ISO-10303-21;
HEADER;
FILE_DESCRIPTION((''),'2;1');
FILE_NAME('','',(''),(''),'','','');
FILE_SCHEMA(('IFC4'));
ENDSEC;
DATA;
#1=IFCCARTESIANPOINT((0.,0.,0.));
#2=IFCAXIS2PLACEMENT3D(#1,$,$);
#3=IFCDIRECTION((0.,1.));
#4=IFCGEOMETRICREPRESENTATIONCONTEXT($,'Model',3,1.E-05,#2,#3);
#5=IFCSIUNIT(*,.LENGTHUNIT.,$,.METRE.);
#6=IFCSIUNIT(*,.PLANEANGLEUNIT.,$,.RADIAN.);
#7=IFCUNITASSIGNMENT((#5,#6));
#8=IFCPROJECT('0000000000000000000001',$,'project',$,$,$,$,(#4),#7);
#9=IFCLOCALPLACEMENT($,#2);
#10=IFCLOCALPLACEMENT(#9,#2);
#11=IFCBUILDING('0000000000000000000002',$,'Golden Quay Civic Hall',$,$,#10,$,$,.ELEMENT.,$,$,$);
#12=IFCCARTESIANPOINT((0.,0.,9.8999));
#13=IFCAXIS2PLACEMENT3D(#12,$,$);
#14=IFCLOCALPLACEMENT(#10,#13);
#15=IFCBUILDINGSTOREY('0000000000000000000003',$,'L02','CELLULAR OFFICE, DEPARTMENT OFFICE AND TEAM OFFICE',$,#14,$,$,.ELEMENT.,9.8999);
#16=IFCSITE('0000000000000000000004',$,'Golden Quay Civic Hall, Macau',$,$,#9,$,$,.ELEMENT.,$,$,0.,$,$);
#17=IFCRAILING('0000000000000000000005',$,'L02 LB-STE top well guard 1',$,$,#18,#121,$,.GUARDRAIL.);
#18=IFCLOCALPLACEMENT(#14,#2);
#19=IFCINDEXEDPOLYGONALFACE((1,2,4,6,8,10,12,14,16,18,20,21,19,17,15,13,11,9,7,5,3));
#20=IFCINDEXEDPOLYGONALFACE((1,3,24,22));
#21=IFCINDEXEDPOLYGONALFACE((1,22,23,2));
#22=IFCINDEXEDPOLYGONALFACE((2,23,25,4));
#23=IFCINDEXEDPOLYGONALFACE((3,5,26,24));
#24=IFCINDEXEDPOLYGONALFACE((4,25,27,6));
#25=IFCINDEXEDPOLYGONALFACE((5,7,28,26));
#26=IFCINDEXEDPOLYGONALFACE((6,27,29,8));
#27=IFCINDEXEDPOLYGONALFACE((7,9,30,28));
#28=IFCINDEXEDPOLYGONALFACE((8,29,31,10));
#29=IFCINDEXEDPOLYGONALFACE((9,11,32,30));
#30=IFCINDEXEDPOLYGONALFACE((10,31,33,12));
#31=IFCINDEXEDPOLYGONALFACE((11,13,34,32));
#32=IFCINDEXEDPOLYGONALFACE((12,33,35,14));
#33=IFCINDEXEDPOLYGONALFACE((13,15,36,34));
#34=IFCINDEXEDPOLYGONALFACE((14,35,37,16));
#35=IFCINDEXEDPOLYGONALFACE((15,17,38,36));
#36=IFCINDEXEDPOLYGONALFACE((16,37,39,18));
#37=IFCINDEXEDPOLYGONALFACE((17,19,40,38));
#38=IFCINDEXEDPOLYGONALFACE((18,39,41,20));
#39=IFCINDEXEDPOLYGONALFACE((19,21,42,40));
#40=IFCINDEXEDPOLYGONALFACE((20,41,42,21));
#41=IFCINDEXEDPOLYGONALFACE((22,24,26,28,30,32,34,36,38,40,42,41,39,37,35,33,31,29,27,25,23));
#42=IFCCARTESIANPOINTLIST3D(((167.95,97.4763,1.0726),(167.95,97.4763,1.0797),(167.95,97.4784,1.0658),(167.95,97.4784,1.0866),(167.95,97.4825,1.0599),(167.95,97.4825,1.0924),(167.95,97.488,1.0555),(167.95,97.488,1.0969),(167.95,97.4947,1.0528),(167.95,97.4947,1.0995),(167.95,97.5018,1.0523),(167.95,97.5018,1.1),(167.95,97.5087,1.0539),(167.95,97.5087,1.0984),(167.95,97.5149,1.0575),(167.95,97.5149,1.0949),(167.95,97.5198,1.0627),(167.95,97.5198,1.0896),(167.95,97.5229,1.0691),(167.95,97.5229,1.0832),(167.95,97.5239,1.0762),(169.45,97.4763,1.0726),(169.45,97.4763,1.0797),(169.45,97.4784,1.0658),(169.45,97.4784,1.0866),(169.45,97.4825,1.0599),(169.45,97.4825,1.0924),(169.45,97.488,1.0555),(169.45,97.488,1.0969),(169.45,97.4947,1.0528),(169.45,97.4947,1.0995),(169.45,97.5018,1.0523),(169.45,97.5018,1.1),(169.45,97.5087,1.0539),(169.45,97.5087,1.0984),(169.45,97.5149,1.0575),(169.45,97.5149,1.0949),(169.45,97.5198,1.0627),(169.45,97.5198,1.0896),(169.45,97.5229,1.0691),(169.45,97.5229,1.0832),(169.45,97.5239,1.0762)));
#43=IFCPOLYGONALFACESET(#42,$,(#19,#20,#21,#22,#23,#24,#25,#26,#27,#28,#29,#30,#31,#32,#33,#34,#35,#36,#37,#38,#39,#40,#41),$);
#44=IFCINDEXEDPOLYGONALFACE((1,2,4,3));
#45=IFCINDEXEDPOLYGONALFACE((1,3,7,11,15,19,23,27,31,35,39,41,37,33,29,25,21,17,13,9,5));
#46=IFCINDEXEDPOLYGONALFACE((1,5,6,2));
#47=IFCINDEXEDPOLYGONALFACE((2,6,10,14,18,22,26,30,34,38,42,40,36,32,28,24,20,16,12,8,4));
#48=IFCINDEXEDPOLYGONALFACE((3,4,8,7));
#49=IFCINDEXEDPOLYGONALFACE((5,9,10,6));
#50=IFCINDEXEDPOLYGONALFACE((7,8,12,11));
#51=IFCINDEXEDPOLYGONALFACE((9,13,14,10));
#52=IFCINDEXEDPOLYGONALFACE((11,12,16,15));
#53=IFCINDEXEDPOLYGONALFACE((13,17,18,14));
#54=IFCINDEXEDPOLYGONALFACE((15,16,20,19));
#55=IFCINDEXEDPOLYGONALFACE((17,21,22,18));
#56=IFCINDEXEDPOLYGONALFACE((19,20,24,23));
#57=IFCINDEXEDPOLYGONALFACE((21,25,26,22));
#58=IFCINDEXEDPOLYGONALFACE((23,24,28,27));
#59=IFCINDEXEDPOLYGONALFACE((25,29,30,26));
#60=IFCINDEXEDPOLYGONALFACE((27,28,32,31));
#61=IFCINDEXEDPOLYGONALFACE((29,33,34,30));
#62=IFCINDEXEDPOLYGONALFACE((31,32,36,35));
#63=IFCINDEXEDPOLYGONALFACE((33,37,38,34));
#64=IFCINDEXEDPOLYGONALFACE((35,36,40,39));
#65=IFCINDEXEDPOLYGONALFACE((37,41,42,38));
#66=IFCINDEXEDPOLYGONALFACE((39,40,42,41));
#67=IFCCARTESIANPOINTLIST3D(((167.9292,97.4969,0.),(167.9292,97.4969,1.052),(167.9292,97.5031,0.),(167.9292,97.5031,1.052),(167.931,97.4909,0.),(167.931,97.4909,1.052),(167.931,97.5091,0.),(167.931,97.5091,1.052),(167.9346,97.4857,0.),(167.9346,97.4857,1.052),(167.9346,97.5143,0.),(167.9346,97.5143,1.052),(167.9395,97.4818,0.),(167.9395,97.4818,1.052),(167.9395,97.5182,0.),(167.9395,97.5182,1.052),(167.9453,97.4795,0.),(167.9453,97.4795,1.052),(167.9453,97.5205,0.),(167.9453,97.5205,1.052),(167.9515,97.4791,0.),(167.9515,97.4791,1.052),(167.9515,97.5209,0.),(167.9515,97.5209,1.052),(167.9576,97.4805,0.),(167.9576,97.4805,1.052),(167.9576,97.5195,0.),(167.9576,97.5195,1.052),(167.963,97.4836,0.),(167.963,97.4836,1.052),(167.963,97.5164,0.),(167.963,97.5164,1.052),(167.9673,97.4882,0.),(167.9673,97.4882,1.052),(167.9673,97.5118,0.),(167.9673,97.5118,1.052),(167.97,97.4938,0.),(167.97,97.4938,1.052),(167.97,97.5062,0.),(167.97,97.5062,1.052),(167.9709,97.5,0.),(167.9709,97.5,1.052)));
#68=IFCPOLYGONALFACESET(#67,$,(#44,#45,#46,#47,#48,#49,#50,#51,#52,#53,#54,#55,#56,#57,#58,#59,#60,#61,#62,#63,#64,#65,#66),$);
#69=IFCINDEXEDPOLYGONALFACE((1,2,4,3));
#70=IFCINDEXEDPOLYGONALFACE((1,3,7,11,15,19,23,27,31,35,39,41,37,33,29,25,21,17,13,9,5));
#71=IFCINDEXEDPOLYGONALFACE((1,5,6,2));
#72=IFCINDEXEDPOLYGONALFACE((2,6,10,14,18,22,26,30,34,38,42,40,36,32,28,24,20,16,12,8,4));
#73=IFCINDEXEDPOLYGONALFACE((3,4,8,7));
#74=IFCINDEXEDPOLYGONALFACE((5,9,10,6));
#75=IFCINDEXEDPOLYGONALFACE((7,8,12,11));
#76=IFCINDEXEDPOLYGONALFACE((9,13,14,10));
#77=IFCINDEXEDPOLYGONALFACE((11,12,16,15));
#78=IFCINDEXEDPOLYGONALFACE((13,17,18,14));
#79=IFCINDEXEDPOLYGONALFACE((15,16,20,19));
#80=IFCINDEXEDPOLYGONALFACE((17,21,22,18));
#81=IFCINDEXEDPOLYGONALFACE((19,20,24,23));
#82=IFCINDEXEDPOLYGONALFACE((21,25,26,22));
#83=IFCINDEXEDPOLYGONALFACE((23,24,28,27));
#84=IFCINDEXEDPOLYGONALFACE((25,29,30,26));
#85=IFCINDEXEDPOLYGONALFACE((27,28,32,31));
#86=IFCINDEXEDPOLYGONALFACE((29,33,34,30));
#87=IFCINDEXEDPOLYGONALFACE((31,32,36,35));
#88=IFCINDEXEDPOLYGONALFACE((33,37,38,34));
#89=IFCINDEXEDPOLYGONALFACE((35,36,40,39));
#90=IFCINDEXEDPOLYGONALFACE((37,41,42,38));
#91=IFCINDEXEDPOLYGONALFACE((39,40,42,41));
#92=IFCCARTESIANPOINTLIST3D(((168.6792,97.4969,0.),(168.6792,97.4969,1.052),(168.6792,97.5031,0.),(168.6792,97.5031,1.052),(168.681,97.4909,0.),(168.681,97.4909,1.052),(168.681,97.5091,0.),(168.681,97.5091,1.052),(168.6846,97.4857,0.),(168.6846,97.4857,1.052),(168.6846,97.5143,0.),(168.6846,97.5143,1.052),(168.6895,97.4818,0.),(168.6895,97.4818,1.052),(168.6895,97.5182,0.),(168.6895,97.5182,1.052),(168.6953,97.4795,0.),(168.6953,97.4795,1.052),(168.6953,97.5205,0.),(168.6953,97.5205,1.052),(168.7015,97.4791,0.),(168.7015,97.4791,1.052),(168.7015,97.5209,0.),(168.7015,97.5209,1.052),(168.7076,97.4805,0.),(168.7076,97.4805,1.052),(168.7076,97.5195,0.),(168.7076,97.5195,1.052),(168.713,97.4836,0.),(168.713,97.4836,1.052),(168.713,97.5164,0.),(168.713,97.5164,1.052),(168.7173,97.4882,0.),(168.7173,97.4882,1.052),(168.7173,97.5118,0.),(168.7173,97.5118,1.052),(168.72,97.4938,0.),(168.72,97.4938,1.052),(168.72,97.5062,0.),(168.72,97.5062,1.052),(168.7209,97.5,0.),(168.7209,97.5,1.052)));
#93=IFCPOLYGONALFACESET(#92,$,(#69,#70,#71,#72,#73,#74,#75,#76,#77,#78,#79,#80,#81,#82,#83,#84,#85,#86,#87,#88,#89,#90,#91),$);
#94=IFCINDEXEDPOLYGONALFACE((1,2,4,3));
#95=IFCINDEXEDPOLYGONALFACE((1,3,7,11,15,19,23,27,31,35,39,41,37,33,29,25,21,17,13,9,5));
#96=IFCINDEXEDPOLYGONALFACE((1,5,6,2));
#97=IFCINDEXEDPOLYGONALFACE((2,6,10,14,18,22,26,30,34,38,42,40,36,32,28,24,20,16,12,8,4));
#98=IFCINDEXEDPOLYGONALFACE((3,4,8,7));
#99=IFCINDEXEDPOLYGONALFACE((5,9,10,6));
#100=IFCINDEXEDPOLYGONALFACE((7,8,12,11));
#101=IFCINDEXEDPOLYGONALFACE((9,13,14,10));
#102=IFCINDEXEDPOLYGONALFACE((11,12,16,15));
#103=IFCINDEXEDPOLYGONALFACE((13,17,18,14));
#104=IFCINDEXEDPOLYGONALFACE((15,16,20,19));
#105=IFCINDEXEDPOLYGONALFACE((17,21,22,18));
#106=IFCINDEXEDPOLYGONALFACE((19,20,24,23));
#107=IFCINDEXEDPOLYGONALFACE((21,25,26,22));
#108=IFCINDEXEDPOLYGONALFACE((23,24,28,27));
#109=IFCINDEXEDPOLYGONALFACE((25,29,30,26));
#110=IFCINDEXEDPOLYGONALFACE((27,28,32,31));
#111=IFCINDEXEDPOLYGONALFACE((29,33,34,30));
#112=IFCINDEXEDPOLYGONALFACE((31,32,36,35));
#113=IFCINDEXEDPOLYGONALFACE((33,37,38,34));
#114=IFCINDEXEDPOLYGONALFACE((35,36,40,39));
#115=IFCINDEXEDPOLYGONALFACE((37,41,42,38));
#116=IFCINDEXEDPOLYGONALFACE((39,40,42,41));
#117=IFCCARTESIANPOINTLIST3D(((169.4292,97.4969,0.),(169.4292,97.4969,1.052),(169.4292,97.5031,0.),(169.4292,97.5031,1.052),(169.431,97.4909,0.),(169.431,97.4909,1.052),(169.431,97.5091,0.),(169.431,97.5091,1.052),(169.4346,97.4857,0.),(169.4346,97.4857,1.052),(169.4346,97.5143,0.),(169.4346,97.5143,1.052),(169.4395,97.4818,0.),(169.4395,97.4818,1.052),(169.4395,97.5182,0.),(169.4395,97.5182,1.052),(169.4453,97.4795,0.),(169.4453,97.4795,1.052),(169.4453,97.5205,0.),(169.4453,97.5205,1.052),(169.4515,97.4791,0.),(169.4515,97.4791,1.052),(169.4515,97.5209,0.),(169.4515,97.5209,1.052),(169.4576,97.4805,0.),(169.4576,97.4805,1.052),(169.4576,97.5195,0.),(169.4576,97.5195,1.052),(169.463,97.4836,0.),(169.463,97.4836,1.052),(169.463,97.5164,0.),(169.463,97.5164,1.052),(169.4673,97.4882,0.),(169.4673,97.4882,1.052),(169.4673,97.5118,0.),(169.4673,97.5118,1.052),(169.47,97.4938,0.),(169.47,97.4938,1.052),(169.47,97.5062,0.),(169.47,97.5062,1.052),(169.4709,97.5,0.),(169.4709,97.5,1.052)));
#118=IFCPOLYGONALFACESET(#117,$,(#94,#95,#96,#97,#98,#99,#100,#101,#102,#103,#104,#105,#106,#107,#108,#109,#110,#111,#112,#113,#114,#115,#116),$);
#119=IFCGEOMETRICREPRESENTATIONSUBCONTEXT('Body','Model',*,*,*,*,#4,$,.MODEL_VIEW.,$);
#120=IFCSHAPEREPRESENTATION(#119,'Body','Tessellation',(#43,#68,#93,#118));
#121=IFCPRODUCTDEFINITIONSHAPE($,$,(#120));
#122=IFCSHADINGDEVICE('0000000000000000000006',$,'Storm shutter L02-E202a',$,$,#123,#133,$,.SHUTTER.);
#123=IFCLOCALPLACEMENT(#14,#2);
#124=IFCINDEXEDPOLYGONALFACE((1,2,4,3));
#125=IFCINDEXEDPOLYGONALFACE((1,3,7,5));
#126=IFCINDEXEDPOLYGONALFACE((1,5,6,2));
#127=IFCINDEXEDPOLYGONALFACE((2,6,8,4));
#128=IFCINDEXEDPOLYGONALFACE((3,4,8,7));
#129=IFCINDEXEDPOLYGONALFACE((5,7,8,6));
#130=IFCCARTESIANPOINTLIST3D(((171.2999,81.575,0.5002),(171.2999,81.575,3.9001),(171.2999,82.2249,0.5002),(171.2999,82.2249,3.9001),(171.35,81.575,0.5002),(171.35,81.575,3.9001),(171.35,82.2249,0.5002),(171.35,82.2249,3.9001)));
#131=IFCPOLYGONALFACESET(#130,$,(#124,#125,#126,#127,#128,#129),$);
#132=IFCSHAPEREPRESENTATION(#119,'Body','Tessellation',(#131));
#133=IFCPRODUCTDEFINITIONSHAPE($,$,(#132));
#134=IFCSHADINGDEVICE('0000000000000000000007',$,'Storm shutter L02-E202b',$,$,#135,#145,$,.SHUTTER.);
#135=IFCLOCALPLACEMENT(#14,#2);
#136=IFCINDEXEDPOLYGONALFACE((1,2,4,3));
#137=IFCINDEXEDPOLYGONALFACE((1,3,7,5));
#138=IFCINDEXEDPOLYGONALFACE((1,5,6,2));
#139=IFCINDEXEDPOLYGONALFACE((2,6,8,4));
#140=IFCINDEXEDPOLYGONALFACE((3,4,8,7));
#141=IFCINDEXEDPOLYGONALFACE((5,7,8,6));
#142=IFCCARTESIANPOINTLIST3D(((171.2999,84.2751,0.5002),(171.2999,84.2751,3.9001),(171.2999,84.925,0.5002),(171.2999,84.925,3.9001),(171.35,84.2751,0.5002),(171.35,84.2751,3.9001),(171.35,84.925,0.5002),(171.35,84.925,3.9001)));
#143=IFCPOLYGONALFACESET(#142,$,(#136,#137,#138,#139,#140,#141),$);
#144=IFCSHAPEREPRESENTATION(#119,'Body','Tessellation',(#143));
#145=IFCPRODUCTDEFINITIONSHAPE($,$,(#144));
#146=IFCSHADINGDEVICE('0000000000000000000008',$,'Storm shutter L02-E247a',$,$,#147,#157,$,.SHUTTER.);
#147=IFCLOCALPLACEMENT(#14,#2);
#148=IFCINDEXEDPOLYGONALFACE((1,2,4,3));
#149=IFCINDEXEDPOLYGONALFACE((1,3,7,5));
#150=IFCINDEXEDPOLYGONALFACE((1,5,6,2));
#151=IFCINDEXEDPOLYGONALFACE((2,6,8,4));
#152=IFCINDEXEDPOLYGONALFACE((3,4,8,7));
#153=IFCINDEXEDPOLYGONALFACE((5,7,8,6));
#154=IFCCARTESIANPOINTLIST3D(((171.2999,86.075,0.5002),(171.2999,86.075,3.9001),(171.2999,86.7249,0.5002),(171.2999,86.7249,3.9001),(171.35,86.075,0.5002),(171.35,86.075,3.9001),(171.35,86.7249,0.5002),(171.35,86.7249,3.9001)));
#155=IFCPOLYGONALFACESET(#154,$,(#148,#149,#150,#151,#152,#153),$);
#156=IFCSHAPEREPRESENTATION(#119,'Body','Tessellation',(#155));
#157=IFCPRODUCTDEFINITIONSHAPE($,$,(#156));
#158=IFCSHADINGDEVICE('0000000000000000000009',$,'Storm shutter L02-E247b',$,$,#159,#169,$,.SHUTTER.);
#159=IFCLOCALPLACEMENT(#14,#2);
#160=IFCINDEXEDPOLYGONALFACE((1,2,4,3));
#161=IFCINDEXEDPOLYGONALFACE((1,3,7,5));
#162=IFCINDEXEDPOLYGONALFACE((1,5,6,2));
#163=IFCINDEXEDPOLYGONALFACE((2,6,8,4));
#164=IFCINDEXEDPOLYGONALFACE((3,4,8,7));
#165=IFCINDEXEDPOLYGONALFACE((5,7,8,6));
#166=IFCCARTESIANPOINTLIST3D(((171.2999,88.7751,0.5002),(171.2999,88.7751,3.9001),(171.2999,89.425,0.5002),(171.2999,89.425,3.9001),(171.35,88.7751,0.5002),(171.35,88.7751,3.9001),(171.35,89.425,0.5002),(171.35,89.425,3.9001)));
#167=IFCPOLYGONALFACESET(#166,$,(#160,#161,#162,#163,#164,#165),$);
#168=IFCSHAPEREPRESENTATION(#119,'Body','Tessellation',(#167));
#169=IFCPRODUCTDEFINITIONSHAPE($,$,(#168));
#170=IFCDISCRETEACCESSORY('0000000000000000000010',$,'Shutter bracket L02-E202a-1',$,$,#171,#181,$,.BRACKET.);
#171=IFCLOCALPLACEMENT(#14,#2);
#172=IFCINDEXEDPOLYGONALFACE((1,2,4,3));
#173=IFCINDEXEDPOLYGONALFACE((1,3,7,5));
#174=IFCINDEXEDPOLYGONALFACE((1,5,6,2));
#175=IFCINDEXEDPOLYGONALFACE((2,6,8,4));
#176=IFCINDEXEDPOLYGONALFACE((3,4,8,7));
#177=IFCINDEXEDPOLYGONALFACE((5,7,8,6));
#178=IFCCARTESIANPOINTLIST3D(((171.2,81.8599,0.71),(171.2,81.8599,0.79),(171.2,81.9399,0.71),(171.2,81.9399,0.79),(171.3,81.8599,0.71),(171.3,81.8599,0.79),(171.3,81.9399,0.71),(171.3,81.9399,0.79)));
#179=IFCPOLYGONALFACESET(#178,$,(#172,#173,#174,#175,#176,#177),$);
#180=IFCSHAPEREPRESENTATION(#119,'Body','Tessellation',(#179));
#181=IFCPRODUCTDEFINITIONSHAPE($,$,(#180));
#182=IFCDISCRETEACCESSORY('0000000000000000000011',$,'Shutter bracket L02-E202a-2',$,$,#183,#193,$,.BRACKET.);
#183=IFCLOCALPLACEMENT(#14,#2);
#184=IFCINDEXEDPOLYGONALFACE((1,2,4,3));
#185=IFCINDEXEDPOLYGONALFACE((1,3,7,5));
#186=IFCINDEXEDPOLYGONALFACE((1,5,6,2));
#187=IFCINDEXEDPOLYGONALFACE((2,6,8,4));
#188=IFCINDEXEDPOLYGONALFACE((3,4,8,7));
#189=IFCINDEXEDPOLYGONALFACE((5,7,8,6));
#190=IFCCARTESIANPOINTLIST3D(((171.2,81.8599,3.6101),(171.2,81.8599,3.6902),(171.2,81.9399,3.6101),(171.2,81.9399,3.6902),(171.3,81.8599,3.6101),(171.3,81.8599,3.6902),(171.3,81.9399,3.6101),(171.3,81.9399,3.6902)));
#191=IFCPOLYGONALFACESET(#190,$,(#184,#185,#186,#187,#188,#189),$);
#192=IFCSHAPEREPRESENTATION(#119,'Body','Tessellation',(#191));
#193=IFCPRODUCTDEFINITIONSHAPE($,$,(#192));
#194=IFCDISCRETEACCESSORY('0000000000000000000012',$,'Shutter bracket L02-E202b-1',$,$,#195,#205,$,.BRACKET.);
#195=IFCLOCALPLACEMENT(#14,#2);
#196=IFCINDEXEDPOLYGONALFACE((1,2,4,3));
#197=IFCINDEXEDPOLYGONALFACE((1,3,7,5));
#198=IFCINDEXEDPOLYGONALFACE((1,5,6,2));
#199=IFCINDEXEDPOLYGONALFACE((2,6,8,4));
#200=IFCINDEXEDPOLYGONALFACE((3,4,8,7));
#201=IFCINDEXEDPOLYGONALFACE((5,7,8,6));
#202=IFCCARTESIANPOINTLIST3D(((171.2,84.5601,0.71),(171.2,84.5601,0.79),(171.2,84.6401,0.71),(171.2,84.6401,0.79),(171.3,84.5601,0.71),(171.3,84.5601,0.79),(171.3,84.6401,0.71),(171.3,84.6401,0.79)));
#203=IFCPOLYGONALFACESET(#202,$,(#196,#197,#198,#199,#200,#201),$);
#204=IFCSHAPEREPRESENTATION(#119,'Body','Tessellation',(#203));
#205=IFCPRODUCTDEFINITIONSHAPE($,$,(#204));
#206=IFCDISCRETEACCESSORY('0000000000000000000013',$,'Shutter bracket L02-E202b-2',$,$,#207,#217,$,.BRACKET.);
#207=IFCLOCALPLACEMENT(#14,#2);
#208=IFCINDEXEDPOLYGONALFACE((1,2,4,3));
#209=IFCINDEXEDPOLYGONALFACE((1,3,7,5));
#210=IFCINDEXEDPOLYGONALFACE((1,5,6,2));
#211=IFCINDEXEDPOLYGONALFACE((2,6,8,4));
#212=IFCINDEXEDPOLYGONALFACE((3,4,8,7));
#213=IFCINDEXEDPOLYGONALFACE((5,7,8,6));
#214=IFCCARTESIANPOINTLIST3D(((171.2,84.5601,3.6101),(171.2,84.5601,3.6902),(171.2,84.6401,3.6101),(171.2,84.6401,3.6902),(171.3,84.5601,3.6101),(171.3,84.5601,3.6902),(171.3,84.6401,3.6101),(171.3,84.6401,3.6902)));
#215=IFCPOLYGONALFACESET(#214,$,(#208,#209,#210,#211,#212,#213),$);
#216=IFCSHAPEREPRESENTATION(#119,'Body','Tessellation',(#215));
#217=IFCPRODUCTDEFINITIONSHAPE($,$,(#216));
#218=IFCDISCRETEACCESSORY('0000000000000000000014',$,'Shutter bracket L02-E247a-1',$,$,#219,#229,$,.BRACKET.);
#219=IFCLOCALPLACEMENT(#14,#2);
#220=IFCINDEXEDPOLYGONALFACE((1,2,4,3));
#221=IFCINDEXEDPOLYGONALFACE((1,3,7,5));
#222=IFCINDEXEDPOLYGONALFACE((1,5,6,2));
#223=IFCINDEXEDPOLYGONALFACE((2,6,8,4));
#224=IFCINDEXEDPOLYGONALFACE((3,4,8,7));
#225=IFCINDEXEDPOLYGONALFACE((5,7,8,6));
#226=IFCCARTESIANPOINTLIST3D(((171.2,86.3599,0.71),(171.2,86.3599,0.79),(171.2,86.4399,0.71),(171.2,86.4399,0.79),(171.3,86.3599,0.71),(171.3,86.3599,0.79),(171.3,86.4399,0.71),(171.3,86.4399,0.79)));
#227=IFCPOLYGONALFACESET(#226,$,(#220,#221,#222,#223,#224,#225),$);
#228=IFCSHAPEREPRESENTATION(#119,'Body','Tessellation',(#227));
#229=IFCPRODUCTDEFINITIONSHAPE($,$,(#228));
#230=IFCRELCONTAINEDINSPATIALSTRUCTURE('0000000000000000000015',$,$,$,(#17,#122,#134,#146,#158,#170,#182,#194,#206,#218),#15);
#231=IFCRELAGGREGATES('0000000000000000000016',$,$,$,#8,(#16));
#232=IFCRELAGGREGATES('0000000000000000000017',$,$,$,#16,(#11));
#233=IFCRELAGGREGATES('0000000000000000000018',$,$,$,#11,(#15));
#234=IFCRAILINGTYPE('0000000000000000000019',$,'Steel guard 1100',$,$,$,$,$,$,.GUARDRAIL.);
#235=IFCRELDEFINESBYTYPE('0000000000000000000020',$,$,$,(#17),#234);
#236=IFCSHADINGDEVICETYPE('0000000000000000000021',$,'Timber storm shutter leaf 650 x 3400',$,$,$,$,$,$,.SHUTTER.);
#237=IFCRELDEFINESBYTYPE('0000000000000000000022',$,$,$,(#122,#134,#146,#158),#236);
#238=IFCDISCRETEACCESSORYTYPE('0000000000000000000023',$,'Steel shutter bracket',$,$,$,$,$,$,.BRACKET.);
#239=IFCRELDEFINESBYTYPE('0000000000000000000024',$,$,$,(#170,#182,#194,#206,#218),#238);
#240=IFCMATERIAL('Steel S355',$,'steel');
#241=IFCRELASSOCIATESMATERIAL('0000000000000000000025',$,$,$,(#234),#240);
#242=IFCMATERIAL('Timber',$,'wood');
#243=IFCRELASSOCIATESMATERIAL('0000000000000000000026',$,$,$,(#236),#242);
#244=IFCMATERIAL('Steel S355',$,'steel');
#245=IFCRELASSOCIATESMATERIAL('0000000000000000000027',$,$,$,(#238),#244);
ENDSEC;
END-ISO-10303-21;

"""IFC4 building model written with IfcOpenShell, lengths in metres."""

from ifc_helpers import new_model, si_unit, direction, frame, origin, origin_2d, place, context, subcontext, project, spatial, rectangle, circle, extrude, material, type_object, element, save


model = new_model("IFC4")

# Units and contexts
model_context = context("Model", 3, precision=1e-05, world=origin(), true_north=direction((0.0, 1.0)))
body_context = subcontext(model_context, "Body", "Model", "MODEL_VIEW")
ifc_project = project(units=[si_unit("LENGTHUNIT", "METRE"), si_unit("PLANEANGLEUNIT", "RADIAN")], contexts=[model_context])

# Site, building, storey
site_placement = place(None, origin())
site = spatial("IfcSite", under=ifc_project, at=site_placement, Name="Golden Quay Civic Hall, Macau", CompositionType="ELEMENT", RefElevation=0.0)
building_placement = place(site_placement, origin())
building = spatial("IfcBuilding", under=site, at=building_placement, Name="Golden Quay Civic Hall", CompositionType="ELEMENT")
storey_placement = place(building_placement, frame((0.0, 0.0, 9.8999)))
storey = spatial("IfcBuildingStorey", under=building, at=storey_placement, Name="L02", Description="CELLULAR OFFICE, DEPARTMENT OFFICE AND TEAM OFFICE", CompositionType="ELEMENT", Elevation=9.8999)

# Railing
ifc_material_1 = material(Name="Steel S355", Category="steel")
railing_type = type_object("IfcRailingType", Name="Steel guard 1100", PredefinedType="GUARDRAIL", material=ifc_material_1)
railing_placement = place(storey_placement, frame((167.95, 97.5, 0.0)))
element("IfcRailing", 1, at=railing_placement, inside=storey, type_object=railing_type, Name="L02 LB-STE top well guard 1", PredefinedType="GUARDRAIL", context=body_context, shape_type="SweptSolid", body=[
    extrude(circle(Radius=0.0239, at=origin_2d()), frame((0.0, 0.0, 1.0762), z_axis=(1.0, 0.0, 0.0), x_axis=(0.0, 1.0, 0.0)), (0.0, 0.0, 1.0), 1.5),
    extrude(circle(Radius=0.021, at=origin_2d()), origin(), (0.0, 0.0, 1.0), 1.052),
    extrude(circle(Radius=0.021, at=origin_2d()), frame((0.75, 0.0, 0.0)), (0.0, 0.0, 1.0), 1.052),
    extrude(circle(Radius=0.021, at=origin_2d()), frame((1.5, 0.0, 0.0)), (0.0, 0.0, 1.0), 1.052),
])

# Shading devices
ifc_material_2 = material(Name="Timber", Category="wood")
shading_device_type = type_object("IfcShadingDeviceType", Name="Timber storm shutter leaf 650 x 3400", PredefinedType="SHUTTER", material=ifc_material_2)
for number, where, z_axis, x_axis, name in (
    (2, (171.325, 81.8999, 0.5002), (0.0, 0.0, 1.0), (1.0, 0.0, 0.0), "Storm shutter L02-E202a"),
    (3, (171.325, 84.6001, 0.5002), (0.0, 0.0, 1.0), (1.0, 0.0, 0.0), "Storm shutter L02-E202b"),
    (4, (171.325, 86.3999, 0.5002), (0.0, 0.0, 1.0), (1.0, 0.0, 0.0), "Storm shutter L02-E247a"),
    (5, (171.325, 89.1001, 0.5002), (0.0, 0.0, 1.0), (1.0, 0.0, 0.0), "Storm shutter L02-E247b"),
):
    element("IfcShadingDevice", number, at=place(storey_placement, frame(where, z_axis=z_axis, x_axis=x_axis)), inside=storey, type_object=shading_device_type, Name=name, PredefinedType="SHUTTER", context=body_context, shape_type="SweptSolid", body=[
        extrude(rectangle(XDim=0.05, YDim=0.6499, at=origin_2d()), origin(), (0.0, 0.0, 1.0), 3.3999),
    ])

# Discrete accessories
ifc_material_3 = material(Name="Steel S355", Category="steel")
discrete_accessory_type = type_object("IfcDiscreteAccessoryType", Name="Steel shutter bracket", PredefinedType="BRACKET", material=ifc_material_3)
for number, where, z_axis, x_axis, name in (
    (6, (171.25, 81.8999, 0.71), (0.0, 0.0, 1.0), (1.0, 0.0, 0.0), "Shutter bracket L02-E202a-1"),
    (7, (171.25, 81.8999, 3.6101), (0.0, 0.0, 1.0), (1.0, 0.0, 0.0), "Shutter bracket L02-E202a-2"),
    (8, (171.25, 84.6001, 0.71), (0.0, 0.0, 1.0), (1.0, 0.0, 0.0), "Shutter bracket L02-E202b-1"),
    (9, (171.25, 84.6001, 3.6101), (0.0, 0.0, 1.0), (1.0, 0.0, 0.0), "Shutter bracket L02-E202b-2"),
    (10, (171.25, 86.3999, 0.71), (0.0, 0.0, 1.0), (1.0, 0.0, 0.0), "Shutter bracket L02-E247a-1"),
):
    element("IfcDiscreteAccessory", number, at=place(storey_placement, frame(where, z_axis=z_axis, x_axis=x_axis)), inside=storey, type_object=discrete_accessory_type, Name=name, PredefinedType="BRACKET", context=body_context, shape_type="SweptSolid", body=[
        extrude(rectangle(XDim=0.1001, YDim=0.0801, at=origin_2d()), origin(), (0.0, 0.0, 1.0), 0.0801),
    ])

save(model, "model.ifc")
